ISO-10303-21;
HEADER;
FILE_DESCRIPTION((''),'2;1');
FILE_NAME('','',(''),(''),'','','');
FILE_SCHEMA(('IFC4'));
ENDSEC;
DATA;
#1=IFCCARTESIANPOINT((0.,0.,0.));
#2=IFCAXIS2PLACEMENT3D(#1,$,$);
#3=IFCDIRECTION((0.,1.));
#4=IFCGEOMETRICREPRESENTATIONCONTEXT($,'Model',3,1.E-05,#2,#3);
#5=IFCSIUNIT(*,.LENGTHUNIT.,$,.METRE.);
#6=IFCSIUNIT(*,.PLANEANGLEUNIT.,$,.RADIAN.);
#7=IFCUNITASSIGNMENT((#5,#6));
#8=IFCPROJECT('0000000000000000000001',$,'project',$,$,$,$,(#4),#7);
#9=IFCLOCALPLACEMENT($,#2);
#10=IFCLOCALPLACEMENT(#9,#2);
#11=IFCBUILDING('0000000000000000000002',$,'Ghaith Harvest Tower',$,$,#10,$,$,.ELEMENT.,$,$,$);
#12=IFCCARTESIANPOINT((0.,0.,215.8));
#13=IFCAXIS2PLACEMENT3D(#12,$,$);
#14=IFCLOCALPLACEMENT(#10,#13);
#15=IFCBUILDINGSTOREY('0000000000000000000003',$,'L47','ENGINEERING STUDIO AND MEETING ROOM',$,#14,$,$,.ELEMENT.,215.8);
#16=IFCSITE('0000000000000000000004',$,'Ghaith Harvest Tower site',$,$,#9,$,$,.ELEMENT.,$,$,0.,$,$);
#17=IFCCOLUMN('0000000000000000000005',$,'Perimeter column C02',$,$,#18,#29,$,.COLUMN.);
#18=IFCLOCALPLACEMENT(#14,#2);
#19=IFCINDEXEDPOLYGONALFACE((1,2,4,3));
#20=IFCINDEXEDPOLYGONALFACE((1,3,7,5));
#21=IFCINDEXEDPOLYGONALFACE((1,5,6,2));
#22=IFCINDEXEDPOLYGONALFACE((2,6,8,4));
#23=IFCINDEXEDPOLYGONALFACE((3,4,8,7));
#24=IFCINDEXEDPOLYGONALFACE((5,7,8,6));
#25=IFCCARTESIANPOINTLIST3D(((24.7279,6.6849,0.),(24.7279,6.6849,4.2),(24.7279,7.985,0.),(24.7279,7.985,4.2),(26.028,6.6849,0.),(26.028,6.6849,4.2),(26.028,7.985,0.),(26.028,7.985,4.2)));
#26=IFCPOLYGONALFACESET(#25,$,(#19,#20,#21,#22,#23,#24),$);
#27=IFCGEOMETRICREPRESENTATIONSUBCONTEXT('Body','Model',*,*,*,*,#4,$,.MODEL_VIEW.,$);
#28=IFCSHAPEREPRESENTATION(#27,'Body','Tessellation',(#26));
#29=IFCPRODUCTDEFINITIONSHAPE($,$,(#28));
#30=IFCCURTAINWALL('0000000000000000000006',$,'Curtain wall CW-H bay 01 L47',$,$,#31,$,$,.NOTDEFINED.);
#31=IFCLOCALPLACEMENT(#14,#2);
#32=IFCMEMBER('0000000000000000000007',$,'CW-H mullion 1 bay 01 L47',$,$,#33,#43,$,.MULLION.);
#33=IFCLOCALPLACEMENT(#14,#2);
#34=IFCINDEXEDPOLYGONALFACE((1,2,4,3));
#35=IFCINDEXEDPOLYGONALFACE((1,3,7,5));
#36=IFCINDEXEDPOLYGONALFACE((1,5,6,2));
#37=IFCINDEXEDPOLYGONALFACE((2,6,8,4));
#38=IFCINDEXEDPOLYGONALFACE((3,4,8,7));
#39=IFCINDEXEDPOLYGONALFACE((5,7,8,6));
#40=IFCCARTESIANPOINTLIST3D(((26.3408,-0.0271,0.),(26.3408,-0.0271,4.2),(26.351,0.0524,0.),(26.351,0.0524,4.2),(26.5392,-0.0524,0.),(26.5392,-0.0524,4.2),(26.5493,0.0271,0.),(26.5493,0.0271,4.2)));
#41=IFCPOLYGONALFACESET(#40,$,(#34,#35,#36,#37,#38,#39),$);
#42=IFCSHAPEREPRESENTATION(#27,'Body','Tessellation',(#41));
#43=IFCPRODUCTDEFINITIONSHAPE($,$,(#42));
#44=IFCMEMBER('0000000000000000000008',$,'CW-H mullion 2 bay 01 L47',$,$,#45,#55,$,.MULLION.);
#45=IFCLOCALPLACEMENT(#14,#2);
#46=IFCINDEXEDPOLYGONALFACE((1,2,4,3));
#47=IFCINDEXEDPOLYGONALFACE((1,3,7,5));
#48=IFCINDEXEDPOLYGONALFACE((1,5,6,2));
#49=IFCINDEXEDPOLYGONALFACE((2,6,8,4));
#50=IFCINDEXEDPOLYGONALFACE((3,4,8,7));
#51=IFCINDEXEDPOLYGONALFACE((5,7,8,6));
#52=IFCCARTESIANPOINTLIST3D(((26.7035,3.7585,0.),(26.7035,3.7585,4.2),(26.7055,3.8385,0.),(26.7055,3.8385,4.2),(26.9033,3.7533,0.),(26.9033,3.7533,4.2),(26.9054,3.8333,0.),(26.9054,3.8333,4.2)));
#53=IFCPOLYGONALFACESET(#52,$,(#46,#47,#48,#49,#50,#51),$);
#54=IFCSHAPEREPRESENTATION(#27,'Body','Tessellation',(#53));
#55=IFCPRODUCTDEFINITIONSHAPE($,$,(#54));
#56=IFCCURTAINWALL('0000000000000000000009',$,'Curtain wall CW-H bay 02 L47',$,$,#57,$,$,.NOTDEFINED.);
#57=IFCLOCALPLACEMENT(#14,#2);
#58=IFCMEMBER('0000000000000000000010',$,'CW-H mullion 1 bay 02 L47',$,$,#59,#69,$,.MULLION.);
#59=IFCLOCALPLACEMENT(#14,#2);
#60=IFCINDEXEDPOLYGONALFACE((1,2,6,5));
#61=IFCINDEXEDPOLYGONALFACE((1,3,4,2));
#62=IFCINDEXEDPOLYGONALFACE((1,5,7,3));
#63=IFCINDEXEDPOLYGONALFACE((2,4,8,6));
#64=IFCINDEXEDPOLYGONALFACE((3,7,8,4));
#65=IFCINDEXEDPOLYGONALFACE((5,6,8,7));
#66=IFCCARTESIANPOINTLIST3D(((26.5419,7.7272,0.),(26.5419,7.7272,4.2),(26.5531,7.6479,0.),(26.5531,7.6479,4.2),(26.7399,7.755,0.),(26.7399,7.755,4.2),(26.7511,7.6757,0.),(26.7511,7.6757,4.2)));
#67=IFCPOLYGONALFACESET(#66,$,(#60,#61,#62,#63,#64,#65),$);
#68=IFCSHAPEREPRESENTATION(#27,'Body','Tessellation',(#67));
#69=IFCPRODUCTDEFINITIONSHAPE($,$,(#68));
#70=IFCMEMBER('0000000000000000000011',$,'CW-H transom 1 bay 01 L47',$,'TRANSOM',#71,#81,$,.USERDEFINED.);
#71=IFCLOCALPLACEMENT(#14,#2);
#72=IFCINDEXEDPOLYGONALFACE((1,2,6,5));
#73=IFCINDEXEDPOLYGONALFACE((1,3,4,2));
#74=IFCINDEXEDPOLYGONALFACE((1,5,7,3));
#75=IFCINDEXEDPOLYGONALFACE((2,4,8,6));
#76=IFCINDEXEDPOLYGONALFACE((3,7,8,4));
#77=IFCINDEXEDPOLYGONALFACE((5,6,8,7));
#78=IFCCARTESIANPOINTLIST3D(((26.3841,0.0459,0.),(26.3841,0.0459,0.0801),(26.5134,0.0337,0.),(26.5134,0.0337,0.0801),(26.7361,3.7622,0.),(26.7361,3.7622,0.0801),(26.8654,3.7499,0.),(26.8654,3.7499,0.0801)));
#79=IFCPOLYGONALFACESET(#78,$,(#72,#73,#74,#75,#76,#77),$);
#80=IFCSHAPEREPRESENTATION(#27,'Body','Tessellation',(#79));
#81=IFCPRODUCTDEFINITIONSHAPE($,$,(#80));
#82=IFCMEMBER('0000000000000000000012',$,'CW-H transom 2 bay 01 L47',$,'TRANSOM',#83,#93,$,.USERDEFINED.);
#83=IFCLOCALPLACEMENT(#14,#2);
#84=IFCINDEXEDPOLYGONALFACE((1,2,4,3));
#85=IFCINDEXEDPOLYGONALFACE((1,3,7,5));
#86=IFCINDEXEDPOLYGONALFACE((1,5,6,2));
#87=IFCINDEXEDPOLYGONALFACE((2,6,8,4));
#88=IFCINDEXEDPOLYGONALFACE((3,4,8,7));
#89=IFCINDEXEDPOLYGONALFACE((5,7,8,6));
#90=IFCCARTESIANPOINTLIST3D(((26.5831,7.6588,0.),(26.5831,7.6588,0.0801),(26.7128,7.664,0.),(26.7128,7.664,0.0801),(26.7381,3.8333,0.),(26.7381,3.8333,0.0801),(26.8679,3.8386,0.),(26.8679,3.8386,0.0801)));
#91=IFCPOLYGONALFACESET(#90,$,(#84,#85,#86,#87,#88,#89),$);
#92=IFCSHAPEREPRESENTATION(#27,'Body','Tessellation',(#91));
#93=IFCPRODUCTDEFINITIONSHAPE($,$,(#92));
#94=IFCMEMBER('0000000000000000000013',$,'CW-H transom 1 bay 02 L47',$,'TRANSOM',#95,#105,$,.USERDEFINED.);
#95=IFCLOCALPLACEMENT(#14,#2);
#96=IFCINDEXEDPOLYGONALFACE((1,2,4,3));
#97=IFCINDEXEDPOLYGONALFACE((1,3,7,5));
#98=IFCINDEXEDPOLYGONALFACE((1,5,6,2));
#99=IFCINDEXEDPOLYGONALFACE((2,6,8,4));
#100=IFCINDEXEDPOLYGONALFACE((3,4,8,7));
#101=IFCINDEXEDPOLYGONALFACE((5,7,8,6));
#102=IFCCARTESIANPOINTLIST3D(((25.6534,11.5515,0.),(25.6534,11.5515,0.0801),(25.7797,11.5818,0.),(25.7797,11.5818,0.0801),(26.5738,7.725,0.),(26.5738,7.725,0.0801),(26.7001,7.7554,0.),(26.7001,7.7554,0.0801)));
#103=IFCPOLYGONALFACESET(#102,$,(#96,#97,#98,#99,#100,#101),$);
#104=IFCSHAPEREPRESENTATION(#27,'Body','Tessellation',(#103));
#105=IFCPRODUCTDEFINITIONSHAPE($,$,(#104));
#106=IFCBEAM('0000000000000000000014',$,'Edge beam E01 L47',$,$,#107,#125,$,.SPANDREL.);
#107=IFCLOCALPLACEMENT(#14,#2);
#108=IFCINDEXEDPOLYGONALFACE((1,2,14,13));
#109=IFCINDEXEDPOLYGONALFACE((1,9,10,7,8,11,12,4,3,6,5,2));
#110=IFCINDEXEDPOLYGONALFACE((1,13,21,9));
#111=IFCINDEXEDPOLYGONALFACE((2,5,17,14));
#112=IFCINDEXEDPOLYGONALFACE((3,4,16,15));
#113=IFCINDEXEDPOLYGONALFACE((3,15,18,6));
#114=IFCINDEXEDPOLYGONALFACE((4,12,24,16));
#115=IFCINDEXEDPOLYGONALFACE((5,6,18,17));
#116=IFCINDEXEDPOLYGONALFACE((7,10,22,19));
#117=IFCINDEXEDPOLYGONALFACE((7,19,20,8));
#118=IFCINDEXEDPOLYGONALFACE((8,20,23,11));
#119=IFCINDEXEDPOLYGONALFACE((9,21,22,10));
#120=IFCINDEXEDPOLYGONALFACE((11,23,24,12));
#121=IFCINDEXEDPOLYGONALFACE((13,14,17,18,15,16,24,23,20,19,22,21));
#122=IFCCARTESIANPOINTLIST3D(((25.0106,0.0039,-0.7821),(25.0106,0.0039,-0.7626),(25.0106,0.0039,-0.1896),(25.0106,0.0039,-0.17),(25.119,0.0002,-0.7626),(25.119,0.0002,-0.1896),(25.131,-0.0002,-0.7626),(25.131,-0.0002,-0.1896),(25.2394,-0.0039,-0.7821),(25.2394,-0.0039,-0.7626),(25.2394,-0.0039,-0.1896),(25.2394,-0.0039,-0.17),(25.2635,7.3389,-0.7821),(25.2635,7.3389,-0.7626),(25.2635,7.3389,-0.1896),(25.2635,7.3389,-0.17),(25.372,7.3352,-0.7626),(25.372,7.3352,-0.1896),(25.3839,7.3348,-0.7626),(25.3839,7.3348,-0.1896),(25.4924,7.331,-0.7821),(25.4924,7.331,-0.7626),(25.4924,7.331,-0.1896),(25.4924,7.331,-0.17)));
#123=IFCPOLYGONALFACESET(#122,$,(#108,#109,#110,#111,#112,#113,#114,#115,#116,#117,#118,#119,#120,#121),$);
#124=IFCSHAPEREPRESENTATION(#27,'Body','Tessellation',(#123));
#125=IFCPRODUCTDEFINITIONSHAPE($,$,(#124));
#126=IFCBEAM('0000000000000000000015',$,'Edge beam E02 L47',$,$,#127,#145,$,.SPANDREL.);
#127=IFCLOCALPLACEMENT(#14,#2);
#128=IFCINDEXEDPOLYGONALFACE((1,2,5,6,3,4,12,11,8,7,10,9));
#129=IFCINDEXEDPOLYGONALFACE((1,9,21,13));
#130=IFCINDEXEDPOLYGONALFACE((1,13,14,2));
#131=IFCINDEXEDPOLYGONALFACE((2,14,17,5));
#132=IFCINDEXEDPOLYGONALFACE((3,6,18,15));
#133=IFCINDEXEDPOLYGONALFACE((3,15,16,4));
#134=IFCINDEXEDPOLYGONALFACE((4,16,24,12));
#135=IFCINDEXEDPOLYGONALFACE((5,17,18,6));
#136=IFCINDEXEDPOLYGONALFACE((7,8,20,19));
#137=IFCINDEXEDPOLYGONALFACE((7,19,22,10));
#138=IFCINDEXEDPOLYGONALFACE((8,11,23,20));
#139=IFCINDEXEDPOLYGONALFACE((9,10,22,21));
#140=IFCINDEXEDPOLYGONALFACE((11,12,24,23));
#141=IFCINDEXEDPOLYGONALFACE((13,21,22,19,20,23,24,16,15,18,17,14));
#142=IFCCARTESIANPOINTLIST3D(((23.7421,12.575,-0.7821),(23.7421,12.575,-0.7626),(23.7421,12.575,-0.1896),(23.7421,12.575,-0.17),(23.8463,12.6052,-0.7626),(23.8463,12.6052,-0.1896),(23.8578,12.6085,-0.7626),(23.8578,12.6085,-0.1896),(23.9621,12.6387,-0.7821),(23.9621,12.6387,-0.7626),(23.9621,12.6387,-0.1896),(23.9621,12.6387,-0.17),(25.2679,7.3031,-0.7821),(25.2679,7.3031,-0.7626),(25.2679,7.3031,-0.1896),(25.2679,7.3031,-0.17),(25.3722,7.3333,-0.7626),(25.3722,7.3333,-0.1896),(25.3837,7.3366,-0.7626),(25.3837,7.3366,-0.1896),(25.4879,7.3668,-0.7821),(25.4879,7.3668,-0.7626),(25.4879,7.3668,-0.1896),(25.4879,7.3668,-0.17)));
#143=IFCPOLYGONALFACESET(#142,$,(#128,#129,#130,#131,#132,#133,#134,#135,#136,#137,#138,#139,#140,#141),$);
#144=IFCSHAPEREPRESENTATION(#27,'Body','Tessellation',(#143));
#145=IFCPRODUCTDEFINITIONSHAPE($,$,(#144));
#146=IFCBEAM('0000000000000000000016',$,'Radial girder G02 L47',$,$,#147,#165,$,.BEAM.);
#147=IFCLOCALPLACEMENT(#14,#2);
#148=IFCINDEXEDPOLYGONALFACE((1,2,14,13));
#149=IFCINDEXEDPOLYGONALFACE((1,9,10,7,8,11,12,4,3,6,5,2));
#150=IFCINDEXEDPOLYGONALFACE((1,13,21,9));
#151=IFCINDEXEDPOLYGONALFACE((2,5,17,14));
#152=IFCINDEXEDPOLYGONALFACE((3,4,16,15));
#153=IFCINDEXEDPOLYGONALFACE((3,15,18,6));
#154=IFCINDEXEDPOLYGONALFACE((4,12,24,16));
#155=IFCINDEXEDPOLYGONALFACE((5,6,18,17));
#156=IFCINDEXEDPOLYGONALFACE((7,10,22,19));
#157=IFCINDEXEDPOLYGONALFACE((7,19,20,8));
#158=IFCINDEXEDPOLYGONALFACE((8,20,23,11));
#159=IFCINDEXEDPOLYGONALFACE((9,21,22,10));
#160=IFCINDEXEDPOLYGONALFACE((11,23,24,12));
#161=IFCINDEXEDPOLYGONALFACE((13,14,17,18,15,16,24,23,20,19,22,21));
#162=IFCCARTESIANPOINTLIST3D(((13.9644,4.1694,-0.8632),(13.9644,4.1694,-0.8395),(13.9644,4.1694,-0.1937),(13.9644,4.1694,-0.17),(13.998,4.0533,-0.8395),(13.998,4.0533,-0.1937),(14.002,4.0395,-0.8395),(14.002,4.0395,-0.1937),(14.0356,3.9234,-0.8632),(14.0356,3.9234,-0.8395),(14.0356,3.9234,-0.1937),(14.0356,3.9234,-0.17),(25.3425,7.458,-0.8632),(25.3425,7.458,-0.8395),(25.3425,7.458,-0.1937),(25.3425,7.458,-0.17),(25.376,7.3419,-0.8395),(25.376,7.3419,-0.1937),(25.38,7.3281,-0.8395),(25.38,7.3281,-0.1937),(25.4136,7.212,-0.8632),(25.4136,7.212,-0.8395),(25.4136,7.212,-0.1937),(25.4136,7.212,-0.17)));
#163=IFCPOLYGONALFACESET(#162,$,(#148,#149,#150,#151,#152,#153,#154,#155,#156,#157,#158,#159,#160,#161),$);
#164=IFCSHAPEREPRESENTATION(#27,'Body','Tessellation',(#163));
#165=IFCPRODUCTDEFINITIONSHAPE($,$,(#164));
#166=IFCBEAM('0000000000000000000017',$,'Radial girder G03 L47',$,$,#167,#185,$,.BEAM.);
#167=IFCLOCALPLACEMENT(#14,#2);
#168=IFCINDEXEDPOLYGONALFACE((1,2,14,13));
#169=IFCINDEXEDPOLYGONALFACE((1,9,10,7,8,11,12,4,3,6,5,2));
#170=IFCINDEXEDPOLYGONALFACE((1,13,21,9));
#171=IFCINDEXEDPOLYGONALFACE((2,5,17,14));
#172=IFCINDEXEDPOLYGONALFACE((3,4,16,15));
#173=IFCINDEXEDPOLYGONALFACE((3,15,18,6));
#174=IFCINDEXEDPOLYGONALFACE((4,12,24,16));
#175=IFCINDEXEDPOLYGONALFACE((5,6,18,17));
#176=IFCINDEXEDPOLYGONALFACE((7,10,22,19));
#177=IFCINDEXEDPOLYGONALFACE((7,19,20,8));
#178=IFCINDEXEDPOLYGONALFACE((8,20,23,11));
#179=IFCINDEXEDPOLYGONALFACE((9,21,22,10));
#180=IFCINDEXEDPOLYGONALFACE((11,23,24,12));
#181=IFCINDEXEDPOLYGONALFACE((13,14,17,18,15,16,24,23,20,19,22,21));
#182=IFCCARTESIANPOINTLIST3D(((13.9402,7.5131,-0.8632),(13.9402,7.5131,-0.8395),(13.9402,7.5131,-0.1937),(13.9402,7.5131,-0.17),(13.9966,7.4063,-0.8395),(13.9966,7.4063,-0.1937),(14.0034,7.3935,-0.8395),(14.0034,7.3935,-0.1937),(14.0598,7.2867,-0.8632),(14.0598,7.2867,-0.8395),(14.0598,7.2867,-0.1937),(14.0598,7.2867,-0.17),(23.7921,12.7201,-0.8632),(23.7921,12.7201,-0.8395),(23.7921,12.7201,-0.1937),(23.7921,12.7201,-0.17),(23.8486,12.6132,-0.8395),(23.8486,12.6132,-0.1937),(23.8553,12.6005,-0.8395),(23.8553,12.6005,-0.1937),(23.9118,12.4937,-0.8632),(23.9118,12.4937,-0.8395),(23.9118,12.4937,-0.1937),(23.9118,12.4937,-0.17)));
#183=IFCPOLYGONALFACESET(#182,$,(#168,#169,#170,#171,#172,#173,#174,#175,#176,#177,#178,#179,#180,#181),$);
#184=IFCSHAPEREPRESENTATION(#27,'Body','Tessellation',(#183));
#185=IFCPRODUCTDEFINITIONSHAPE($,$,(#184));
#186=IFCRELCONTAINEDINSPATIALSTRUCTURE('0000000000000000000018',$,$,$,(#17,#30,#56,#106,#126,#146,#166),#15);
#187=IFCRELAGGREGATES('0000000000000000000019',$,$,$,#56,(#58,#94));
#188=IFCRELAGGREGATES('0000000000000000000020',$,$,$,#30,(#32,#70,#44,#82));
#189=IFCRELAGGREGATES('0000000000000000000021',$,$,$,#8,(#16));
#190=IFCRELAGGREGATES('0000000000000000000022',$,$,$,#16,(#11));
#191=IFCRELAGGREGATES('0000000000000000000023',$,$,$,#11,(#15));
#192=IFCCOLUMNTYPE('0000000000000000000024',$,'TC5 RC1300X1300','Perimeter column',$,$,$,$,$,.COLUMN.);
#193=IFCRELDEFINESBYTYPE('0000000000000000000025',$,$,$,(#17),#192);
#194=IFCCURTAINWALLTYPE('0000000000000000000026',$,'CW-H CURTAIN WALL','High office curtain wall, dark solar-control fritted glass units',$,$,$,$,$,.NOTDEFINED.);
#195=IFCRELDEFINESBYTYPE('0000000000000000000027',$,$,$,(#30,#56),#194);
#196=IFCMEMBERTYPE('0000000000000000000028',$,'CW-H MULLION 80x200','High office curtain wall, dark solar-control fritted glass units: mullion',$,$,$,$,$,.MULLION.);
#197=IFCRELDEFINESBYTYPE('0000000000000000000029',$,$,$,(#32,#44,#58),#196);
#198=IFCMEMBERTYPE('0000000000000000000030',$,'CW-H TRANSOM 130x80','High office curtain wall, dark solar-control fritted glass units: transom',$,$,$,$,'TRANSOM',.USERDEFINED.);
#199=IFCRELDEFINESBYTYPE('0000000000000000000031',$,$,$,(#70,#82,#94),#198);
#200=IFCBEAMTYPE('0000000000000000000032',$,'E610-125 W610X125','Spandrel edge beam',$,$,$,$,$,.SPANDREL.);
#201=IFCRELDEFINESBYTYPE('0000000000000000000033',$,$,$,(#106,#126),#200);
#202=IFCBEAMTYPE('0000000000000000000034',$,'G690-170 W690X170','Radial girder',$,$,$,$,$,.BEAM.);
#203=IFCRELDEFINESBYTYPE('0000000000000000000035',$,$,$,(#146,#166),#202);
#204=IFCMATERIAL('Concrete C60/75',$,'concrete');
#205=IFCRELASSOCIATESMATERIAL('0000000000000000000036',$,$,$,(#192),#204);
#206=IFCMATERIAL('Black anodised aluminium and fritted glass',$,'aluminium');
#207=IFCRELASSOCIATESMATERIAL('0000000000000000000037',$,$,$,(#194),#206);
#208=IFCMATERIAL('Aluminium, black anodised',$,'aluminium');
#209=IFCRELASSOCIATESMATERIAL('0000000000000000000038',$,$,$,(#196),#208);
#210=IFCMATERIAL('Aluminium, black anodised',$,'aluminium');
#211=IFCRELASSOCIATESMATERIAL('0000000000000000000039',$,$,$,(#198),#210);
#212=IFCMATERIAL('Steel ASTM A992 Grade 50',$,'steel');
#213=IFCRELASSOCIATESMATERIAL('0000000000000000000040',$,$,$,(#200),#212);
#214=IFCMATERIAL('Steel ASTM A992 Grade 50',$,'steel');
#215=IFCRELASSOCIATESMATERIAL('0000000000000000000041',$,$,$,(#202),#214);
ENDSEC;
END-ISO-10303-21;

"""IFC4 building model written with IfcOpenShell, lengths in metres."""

from ifc_helpers import new_model, si_unit, direction, frame, origin, origin_2d, place, context, subcontext, project, spatial, rectangle, i_section, extrude, material, material_profile, profile_set, type_object, element, aggregate, save


model = new_model("IFC4")

# Units and contexts
model_context = context("Model", 3, precision=1e-05, world=origin(), true_north=direction((0.0, 1.0)))
body_context = subcontext(model_context, "Body", "Model", "MODEL_VIEW")
ifc_project = project(units=[si_unit("LENGTHUNIT", "METRE"), si_unit("PLANEANGLEUNIT", "RADIAN")], contexts=[model_context])

# Site, building, storey
site_placement = place(None, origin())
site = spatial("IfcSite", under=ifc_project, at=site_placement, Name="Ghaith Harvest Tower site", CompositionType="ELEMENT", RefElevation=0.0)
building_placement = place(site_placement, origin())
building = spatial("IfcBuilding", under=site, at=building_placement, Name="Ghaith Harvest Tower", CompositionType="ELEMENT")
storey_placement = place(building_placement, frame((0.0, 0.0, 215.8)))
storey = spatial("IfcBuildingStorey", under=building, at=storey_placement, Name="L47", Description="ENGINEERING STUDIO AND MEETING ROOM", CompositionType="ELEMENT", Elevation=215.8)

# Column
ifc_material_1 = material(Name="Concrete C60/75", Category="concrete")
ifc_material_profile_1 = material_profile(ifc_material_1, rectangle(XDim=1.3, YDim=1.3, at=origin_2d()), Name="RC1300X1300")
ifc_profile_set_1 = profile_set([ifc_material_profile_1], Name="Concrete C60/75")
column_type = type_object("IfcColumnType", Name="TC5 RC1300X1300", Description="Perimeter column", PredefinedType="COLUMN", material=ifc_profile_set_1)
column_placement = place(storey_placement, frame((25.3779, 7.335, 0.0), z_axis=(0.0, 0.0, 1.0), x_axis=(1.0, 0.0, 0.0)))
element("IfcColumn", 1, at=column_placement, inside=storey, type_object=column_type, Name="Perimeter column C02", PredefinedType="COLUMN", context=body_context, shape_type="SweptSolid", body=[
    extrude(rectangle(XDim=1.3, YDim=1.3, at=origin_2d()), origin(), (0.0, 0.0, 1.0), 4.2),
])

# Curtain wall, members
ifc_material_2 = material(Name="Black anodised aluminium and fritted glass", Category="aluminium")
curtain_wall_type = type_object("IfcCurtainWallType", Name="CW-H CURTAIN WALL", Description="High office curtain wall, dark solar-control fritted glass units", PredefinedType="NOTDEFINED", material=ifc_material_2)
curtain_wall_1_placement = place(storey_placement, origin())
curtain_wall_1 = element("IfcCurtainWall", 2, at=curtain_wall_1_placement, inside=storey, type_object=curtain_wall_type, Name="Curtain wall CW-H bay 01 L47", PredefinedType="NOTDEFINED")
ifc_material_3 = material(Name="Aluminium, black anodised", Category="aluminium")
ifc_material_profile_2 = material_profile(ifc_material_3, rectangle(XDim=0.0801, YDim=0.2, at=origin_2d()), Name="CW-H MULLION 80x200")
ifc_profile_set_2 = profile_set([ifc_material_profile_2], Name="Aluminium, black anodised")
member_type_1 = type_object("IfcMemberType", Name="CW-H MULLION 80x200", Description="High office curtain wall, dark solar-control fritted glass units: mullion", PredefinedType="MULLION", material=ifc_profile_set_2)
member_1_placement = place(storey_placement, frame((26.4451, 0.0, 0.0), z_axis=(0.0, 0.0, 1.0), x_axis=(0.126568, 0.991958, 0.0)))
member_1 = element("IfcMember", 3, at=member_1_placement, type_object=member_type_1, Name="CW-H mullion 1 bay 01 L47", PredefinedType="MULLION", context=body_context, shape_type="SweptSolid", body=[
    extrude(rectangle(XDim=0.0801, YDim=0.2, at=origin_2d()), origin(), (0.0, 0.0, 1.0), 4.2),
])
member_2_placement = place(storey_placement, frame((26.8044, 3.7959, 0.0), z_axis=(0.0, 0.0, 1.0), x_axis=(0.026143, 0.999658, 0.0)))
member_2 = element("IfcMember", 4, at=member_2_placement, type_object=member_type_1, Name="CW-H mullion 2 bay 01 L47", PredefinedType="MULLION", context=body_context, shape_type="SweptSolid", body=[
    extrude(rectangle(XDim=0.0801, YDim=0.2, at=origin_2d()), origin(), (0.0, 0.0, 1.0), 4.2),
])

# Curtain wall, member
curtain_wall_2_placement = place(storey_placement, origin())
curtain_wall_2 = element("IfcCurtainWall", 5, at=curtain_wall_2_placement, inside=storey, type_object=curtain_wall_type, Name="Curtain wall CW-H bay 02 L47", PredefinedType="NOTDEFINED")
member_3_placement = place(storey_placement, frame((26.6465, 7.7014, 0.0), z_axis=(0.0, 0.0, 1.0), x_axis=(-0.139146, 0.990272, 0.0)))
member_3 = element("IfcMember", 6, at=member_3_placement, type_object=member_type_1, Name="CW-H mullion 1 bay 02 L47", PredefinedType="MULLION", context=body_context, shape_type="SweptSolid", body=[
    extrude(rectangle(XDim=0.0801, YDim=0.2, at=origin_2d()), origin(), (0.0, 0.0, 1.0), 4.2),
])

# Members
ifc_material_4 = material(Name="Aluminium, black anodised", Category="aluminium")
ifc_material_profile_3 = material_profile(ifc_material_4, rectangle(XDim=0.1299, YDim=0.0801, at=origin_2d()), Name="CW-H TRANSOM 130x80")
ifc_profile_set_3 = profile_set([ifc_material_profile_3], Name="Aluminium, black anodised")
member_type_2 = type_object("IfcMemberType", Name="CW-H TRANSOM 130x80", Description="High office curtain wall, dark solar-control fritted glass units: transom", ElementType="TRANSOM", PredefinedType="USERDEFINED", material=ifc_profile_set_3)
member_4_placement = place(storey_placement, frame((26.4487, 0.0398, 0.04), z_axis=(0.094309, 0.995543, 0.0), x_axis=(-0.995543, 0.094309, 0.0)))
member_4 = element("IfcMember", 7, at=member_4_placement, type_object=member_type_2, Name="CW-H transom 1 bay 01 L47", ObjectType="TRANSOM", PredefinedType="USERDEFINED", context=body_context, shape_type="SweptSolid", body=[
    extrude(rectangle(XDim=0.1299, YDim=0.0801, at=origin_2d()), origin(), (0.0, 0.0, 1.0), 3.7329),
])
member_5_placement = place(storey_placement, frame((26.803, 3.8359, 0.04), z_axis=(-0.040493, 0.99918, 0.0), x_axis=(-0.99918, -0.040493, 0.0)))
member_5 = element("IfcMember", 8, at=member_5_placement, type_object=member_type_2, Name="CW-H transom 2 bay 01 L47", ObjectType="TRANSOM", PredefinedType="USERDEFINED", context=body_context, shape_type="SweptSolid", body=[
    extrude(rectangle(XDim=0.1299, YDim=0.0801, at=origin_2d()), origin(), (0.0, 0.0, 1.0), 3.8286),
])
member_6_placement = place(storey_placement, frame((26.637, 7.7402, 0.04), z_axis=(-0.23387, 0.972268, 0.0), x_axis=(-0.972268, -0.23387, 0.0)))
member_6 = element("IfcMember", 9, at=member_6_placement, type_object=member_type_2, Name="CW-H transom 1 bay 02 L47", ObjectType="TRANSOM", PredefinedType="USERDEFINED", context=body_context, shape_type="SweptSolid", body=[
    extrude(rectangle(XDim=0.1299, YDim=0.0801, at=origin_2d()), origin(), (0.0, 0.0, 1.0), 3.9355),
])
aggregate(curtain_wall_2, [member_3, member_6])

# Beams
ifc_material_5 = material(Name="Steel ASTM A992 Grade 50", Category="steel")
ifc_material_profile_4 = material_profile(ifc_material_5, i_section(OverallWidth=0.229, OverallDepth=0.6121, WebThickness=0.012, FlangeThickness=0.0195, at=origin_2d()), Name="W610X125")
ifc_profile_set_4 = profile_set([ifc_material_profile_4], Name="Steel ASTM A992 Grade 50")
beam_type_1 = type_object("IfcBeamType", Name="E610-125 W610X125", Description="Spandrel edge beam", PredefinedType="SPANDREL", material=ifc_profile_set_4)
beam_1_placement = place(storey_placement, frame((25.125, 0.0, -0.4761), z_axis=(0.034462, 0.999406, 0.0), x_axis=(-0.999406, 0.034462, 0.0)))
element("IfcBeam", 10, at=beam_1_placement, inside=storey, type_object=beam_type_1, Name="Edge beam E01 L47", PredefinedType="SPANDREL", context=body_context, shape_type="SweptSolid", body=[
    extrude(i_section(OverallWidth=0.229, OverallDepth=0.6121, WebThickness=0.012, FlangeThickness=0.0195, at=origin_2d()), origin(), (0.0, 0.0, 1.0), 7.3394),
])
beam_2_placement = place(storey_placement, frame((25.3779, 7.335, -0.4761), z_axis=(-0.278021, 0.960575, 0.0), x_axis=(-0.960575, -0.278021, 0.0)))
element("IfcBeam", 11, at=beam_2_placement, inside=storey, type_object=beam_type_1, Name="Edge beam E02 L47", PredefinedType="SPANDREL", context=body_context, shape_type="SweptSolid", body=[
    extrude(i_section(OverallWidth=0.229, OverallDepth=0.6121, WebThickness=0.012, FlangeThickness=0.0195, at=origin_2d()), origin(), (0.0, 0.0, 1.0), 5.4883),
])
ifc_material_6 = material(Name="Steel ASTM A992 Grade 50", Category="steel")
ifc_material_profile_5 = material_profile(ifc_material_6, i_section(OverallWidth=0.2561, OverallDepth=0.6931, WebThickness=0.0144, FlangeThickness=0.0237, at=origin_2d()), Name="W690X170")
ifc_profile_set_5 = profile_set([ifc_material_profile_5], Name="Steel ASTM A992 Grade 50")
beam_type_2 = type_object("IfcBeamType", Name="G690-170 W690X170", Description="Radial girder", PredefinedType="BEAM", material=ifc_profile_set_5)
beam_3_placement = place(storey_placement, frame((14.0, 4.0464, -0.5166), z_axis=(0.960678, 0.277666, 0.0), x_axis=(-0.277666, 0.960678, 0.0)))
element("IfcBeam", 12, at=beam_3_placement, inside=storey, type_object=beam_type_2, Name="Radial girder G02 L47", PredefinedType="BEAM", context=body_context, shape_type="SweptSolid", body=[
    extrude(i_section(OverallWidth=0.2561, OverallDepth=0.6931, WebThickness=0.0144, FlangeThickness=0.0237, at=origin_2d()), origin(), (0.0, 0.0, 1.0), 11.8438),
])
beam_4_placement = place(storey_placement, frame((14.0, 7.3999, -0.5166), z_axis=(0.884113, 0.467274, 0.0), x_axis=(-0.467274, 0.884113, 0.0)))
element("IfcBeam", 13, at=beam_4_placement, inside=storey, type_object=beam_type_2, Name="Radial girder G03 L47", PredefinedType="BEAM", context=body_context, shape_type="SweptSolid", body=[
    extrude(i_section(OverallWidth=0.2561, OverallDepth=0.6931, WebThickness=0.0144, FlangeThickness=0.0237, at=origin_2d()), origin(), (0.0, 0.0, 1.0), 11.1433),
])

aggregate(curtain_wall_1, [member_1, member_4, member_2, member_5])

save(model, "model.ifc")
